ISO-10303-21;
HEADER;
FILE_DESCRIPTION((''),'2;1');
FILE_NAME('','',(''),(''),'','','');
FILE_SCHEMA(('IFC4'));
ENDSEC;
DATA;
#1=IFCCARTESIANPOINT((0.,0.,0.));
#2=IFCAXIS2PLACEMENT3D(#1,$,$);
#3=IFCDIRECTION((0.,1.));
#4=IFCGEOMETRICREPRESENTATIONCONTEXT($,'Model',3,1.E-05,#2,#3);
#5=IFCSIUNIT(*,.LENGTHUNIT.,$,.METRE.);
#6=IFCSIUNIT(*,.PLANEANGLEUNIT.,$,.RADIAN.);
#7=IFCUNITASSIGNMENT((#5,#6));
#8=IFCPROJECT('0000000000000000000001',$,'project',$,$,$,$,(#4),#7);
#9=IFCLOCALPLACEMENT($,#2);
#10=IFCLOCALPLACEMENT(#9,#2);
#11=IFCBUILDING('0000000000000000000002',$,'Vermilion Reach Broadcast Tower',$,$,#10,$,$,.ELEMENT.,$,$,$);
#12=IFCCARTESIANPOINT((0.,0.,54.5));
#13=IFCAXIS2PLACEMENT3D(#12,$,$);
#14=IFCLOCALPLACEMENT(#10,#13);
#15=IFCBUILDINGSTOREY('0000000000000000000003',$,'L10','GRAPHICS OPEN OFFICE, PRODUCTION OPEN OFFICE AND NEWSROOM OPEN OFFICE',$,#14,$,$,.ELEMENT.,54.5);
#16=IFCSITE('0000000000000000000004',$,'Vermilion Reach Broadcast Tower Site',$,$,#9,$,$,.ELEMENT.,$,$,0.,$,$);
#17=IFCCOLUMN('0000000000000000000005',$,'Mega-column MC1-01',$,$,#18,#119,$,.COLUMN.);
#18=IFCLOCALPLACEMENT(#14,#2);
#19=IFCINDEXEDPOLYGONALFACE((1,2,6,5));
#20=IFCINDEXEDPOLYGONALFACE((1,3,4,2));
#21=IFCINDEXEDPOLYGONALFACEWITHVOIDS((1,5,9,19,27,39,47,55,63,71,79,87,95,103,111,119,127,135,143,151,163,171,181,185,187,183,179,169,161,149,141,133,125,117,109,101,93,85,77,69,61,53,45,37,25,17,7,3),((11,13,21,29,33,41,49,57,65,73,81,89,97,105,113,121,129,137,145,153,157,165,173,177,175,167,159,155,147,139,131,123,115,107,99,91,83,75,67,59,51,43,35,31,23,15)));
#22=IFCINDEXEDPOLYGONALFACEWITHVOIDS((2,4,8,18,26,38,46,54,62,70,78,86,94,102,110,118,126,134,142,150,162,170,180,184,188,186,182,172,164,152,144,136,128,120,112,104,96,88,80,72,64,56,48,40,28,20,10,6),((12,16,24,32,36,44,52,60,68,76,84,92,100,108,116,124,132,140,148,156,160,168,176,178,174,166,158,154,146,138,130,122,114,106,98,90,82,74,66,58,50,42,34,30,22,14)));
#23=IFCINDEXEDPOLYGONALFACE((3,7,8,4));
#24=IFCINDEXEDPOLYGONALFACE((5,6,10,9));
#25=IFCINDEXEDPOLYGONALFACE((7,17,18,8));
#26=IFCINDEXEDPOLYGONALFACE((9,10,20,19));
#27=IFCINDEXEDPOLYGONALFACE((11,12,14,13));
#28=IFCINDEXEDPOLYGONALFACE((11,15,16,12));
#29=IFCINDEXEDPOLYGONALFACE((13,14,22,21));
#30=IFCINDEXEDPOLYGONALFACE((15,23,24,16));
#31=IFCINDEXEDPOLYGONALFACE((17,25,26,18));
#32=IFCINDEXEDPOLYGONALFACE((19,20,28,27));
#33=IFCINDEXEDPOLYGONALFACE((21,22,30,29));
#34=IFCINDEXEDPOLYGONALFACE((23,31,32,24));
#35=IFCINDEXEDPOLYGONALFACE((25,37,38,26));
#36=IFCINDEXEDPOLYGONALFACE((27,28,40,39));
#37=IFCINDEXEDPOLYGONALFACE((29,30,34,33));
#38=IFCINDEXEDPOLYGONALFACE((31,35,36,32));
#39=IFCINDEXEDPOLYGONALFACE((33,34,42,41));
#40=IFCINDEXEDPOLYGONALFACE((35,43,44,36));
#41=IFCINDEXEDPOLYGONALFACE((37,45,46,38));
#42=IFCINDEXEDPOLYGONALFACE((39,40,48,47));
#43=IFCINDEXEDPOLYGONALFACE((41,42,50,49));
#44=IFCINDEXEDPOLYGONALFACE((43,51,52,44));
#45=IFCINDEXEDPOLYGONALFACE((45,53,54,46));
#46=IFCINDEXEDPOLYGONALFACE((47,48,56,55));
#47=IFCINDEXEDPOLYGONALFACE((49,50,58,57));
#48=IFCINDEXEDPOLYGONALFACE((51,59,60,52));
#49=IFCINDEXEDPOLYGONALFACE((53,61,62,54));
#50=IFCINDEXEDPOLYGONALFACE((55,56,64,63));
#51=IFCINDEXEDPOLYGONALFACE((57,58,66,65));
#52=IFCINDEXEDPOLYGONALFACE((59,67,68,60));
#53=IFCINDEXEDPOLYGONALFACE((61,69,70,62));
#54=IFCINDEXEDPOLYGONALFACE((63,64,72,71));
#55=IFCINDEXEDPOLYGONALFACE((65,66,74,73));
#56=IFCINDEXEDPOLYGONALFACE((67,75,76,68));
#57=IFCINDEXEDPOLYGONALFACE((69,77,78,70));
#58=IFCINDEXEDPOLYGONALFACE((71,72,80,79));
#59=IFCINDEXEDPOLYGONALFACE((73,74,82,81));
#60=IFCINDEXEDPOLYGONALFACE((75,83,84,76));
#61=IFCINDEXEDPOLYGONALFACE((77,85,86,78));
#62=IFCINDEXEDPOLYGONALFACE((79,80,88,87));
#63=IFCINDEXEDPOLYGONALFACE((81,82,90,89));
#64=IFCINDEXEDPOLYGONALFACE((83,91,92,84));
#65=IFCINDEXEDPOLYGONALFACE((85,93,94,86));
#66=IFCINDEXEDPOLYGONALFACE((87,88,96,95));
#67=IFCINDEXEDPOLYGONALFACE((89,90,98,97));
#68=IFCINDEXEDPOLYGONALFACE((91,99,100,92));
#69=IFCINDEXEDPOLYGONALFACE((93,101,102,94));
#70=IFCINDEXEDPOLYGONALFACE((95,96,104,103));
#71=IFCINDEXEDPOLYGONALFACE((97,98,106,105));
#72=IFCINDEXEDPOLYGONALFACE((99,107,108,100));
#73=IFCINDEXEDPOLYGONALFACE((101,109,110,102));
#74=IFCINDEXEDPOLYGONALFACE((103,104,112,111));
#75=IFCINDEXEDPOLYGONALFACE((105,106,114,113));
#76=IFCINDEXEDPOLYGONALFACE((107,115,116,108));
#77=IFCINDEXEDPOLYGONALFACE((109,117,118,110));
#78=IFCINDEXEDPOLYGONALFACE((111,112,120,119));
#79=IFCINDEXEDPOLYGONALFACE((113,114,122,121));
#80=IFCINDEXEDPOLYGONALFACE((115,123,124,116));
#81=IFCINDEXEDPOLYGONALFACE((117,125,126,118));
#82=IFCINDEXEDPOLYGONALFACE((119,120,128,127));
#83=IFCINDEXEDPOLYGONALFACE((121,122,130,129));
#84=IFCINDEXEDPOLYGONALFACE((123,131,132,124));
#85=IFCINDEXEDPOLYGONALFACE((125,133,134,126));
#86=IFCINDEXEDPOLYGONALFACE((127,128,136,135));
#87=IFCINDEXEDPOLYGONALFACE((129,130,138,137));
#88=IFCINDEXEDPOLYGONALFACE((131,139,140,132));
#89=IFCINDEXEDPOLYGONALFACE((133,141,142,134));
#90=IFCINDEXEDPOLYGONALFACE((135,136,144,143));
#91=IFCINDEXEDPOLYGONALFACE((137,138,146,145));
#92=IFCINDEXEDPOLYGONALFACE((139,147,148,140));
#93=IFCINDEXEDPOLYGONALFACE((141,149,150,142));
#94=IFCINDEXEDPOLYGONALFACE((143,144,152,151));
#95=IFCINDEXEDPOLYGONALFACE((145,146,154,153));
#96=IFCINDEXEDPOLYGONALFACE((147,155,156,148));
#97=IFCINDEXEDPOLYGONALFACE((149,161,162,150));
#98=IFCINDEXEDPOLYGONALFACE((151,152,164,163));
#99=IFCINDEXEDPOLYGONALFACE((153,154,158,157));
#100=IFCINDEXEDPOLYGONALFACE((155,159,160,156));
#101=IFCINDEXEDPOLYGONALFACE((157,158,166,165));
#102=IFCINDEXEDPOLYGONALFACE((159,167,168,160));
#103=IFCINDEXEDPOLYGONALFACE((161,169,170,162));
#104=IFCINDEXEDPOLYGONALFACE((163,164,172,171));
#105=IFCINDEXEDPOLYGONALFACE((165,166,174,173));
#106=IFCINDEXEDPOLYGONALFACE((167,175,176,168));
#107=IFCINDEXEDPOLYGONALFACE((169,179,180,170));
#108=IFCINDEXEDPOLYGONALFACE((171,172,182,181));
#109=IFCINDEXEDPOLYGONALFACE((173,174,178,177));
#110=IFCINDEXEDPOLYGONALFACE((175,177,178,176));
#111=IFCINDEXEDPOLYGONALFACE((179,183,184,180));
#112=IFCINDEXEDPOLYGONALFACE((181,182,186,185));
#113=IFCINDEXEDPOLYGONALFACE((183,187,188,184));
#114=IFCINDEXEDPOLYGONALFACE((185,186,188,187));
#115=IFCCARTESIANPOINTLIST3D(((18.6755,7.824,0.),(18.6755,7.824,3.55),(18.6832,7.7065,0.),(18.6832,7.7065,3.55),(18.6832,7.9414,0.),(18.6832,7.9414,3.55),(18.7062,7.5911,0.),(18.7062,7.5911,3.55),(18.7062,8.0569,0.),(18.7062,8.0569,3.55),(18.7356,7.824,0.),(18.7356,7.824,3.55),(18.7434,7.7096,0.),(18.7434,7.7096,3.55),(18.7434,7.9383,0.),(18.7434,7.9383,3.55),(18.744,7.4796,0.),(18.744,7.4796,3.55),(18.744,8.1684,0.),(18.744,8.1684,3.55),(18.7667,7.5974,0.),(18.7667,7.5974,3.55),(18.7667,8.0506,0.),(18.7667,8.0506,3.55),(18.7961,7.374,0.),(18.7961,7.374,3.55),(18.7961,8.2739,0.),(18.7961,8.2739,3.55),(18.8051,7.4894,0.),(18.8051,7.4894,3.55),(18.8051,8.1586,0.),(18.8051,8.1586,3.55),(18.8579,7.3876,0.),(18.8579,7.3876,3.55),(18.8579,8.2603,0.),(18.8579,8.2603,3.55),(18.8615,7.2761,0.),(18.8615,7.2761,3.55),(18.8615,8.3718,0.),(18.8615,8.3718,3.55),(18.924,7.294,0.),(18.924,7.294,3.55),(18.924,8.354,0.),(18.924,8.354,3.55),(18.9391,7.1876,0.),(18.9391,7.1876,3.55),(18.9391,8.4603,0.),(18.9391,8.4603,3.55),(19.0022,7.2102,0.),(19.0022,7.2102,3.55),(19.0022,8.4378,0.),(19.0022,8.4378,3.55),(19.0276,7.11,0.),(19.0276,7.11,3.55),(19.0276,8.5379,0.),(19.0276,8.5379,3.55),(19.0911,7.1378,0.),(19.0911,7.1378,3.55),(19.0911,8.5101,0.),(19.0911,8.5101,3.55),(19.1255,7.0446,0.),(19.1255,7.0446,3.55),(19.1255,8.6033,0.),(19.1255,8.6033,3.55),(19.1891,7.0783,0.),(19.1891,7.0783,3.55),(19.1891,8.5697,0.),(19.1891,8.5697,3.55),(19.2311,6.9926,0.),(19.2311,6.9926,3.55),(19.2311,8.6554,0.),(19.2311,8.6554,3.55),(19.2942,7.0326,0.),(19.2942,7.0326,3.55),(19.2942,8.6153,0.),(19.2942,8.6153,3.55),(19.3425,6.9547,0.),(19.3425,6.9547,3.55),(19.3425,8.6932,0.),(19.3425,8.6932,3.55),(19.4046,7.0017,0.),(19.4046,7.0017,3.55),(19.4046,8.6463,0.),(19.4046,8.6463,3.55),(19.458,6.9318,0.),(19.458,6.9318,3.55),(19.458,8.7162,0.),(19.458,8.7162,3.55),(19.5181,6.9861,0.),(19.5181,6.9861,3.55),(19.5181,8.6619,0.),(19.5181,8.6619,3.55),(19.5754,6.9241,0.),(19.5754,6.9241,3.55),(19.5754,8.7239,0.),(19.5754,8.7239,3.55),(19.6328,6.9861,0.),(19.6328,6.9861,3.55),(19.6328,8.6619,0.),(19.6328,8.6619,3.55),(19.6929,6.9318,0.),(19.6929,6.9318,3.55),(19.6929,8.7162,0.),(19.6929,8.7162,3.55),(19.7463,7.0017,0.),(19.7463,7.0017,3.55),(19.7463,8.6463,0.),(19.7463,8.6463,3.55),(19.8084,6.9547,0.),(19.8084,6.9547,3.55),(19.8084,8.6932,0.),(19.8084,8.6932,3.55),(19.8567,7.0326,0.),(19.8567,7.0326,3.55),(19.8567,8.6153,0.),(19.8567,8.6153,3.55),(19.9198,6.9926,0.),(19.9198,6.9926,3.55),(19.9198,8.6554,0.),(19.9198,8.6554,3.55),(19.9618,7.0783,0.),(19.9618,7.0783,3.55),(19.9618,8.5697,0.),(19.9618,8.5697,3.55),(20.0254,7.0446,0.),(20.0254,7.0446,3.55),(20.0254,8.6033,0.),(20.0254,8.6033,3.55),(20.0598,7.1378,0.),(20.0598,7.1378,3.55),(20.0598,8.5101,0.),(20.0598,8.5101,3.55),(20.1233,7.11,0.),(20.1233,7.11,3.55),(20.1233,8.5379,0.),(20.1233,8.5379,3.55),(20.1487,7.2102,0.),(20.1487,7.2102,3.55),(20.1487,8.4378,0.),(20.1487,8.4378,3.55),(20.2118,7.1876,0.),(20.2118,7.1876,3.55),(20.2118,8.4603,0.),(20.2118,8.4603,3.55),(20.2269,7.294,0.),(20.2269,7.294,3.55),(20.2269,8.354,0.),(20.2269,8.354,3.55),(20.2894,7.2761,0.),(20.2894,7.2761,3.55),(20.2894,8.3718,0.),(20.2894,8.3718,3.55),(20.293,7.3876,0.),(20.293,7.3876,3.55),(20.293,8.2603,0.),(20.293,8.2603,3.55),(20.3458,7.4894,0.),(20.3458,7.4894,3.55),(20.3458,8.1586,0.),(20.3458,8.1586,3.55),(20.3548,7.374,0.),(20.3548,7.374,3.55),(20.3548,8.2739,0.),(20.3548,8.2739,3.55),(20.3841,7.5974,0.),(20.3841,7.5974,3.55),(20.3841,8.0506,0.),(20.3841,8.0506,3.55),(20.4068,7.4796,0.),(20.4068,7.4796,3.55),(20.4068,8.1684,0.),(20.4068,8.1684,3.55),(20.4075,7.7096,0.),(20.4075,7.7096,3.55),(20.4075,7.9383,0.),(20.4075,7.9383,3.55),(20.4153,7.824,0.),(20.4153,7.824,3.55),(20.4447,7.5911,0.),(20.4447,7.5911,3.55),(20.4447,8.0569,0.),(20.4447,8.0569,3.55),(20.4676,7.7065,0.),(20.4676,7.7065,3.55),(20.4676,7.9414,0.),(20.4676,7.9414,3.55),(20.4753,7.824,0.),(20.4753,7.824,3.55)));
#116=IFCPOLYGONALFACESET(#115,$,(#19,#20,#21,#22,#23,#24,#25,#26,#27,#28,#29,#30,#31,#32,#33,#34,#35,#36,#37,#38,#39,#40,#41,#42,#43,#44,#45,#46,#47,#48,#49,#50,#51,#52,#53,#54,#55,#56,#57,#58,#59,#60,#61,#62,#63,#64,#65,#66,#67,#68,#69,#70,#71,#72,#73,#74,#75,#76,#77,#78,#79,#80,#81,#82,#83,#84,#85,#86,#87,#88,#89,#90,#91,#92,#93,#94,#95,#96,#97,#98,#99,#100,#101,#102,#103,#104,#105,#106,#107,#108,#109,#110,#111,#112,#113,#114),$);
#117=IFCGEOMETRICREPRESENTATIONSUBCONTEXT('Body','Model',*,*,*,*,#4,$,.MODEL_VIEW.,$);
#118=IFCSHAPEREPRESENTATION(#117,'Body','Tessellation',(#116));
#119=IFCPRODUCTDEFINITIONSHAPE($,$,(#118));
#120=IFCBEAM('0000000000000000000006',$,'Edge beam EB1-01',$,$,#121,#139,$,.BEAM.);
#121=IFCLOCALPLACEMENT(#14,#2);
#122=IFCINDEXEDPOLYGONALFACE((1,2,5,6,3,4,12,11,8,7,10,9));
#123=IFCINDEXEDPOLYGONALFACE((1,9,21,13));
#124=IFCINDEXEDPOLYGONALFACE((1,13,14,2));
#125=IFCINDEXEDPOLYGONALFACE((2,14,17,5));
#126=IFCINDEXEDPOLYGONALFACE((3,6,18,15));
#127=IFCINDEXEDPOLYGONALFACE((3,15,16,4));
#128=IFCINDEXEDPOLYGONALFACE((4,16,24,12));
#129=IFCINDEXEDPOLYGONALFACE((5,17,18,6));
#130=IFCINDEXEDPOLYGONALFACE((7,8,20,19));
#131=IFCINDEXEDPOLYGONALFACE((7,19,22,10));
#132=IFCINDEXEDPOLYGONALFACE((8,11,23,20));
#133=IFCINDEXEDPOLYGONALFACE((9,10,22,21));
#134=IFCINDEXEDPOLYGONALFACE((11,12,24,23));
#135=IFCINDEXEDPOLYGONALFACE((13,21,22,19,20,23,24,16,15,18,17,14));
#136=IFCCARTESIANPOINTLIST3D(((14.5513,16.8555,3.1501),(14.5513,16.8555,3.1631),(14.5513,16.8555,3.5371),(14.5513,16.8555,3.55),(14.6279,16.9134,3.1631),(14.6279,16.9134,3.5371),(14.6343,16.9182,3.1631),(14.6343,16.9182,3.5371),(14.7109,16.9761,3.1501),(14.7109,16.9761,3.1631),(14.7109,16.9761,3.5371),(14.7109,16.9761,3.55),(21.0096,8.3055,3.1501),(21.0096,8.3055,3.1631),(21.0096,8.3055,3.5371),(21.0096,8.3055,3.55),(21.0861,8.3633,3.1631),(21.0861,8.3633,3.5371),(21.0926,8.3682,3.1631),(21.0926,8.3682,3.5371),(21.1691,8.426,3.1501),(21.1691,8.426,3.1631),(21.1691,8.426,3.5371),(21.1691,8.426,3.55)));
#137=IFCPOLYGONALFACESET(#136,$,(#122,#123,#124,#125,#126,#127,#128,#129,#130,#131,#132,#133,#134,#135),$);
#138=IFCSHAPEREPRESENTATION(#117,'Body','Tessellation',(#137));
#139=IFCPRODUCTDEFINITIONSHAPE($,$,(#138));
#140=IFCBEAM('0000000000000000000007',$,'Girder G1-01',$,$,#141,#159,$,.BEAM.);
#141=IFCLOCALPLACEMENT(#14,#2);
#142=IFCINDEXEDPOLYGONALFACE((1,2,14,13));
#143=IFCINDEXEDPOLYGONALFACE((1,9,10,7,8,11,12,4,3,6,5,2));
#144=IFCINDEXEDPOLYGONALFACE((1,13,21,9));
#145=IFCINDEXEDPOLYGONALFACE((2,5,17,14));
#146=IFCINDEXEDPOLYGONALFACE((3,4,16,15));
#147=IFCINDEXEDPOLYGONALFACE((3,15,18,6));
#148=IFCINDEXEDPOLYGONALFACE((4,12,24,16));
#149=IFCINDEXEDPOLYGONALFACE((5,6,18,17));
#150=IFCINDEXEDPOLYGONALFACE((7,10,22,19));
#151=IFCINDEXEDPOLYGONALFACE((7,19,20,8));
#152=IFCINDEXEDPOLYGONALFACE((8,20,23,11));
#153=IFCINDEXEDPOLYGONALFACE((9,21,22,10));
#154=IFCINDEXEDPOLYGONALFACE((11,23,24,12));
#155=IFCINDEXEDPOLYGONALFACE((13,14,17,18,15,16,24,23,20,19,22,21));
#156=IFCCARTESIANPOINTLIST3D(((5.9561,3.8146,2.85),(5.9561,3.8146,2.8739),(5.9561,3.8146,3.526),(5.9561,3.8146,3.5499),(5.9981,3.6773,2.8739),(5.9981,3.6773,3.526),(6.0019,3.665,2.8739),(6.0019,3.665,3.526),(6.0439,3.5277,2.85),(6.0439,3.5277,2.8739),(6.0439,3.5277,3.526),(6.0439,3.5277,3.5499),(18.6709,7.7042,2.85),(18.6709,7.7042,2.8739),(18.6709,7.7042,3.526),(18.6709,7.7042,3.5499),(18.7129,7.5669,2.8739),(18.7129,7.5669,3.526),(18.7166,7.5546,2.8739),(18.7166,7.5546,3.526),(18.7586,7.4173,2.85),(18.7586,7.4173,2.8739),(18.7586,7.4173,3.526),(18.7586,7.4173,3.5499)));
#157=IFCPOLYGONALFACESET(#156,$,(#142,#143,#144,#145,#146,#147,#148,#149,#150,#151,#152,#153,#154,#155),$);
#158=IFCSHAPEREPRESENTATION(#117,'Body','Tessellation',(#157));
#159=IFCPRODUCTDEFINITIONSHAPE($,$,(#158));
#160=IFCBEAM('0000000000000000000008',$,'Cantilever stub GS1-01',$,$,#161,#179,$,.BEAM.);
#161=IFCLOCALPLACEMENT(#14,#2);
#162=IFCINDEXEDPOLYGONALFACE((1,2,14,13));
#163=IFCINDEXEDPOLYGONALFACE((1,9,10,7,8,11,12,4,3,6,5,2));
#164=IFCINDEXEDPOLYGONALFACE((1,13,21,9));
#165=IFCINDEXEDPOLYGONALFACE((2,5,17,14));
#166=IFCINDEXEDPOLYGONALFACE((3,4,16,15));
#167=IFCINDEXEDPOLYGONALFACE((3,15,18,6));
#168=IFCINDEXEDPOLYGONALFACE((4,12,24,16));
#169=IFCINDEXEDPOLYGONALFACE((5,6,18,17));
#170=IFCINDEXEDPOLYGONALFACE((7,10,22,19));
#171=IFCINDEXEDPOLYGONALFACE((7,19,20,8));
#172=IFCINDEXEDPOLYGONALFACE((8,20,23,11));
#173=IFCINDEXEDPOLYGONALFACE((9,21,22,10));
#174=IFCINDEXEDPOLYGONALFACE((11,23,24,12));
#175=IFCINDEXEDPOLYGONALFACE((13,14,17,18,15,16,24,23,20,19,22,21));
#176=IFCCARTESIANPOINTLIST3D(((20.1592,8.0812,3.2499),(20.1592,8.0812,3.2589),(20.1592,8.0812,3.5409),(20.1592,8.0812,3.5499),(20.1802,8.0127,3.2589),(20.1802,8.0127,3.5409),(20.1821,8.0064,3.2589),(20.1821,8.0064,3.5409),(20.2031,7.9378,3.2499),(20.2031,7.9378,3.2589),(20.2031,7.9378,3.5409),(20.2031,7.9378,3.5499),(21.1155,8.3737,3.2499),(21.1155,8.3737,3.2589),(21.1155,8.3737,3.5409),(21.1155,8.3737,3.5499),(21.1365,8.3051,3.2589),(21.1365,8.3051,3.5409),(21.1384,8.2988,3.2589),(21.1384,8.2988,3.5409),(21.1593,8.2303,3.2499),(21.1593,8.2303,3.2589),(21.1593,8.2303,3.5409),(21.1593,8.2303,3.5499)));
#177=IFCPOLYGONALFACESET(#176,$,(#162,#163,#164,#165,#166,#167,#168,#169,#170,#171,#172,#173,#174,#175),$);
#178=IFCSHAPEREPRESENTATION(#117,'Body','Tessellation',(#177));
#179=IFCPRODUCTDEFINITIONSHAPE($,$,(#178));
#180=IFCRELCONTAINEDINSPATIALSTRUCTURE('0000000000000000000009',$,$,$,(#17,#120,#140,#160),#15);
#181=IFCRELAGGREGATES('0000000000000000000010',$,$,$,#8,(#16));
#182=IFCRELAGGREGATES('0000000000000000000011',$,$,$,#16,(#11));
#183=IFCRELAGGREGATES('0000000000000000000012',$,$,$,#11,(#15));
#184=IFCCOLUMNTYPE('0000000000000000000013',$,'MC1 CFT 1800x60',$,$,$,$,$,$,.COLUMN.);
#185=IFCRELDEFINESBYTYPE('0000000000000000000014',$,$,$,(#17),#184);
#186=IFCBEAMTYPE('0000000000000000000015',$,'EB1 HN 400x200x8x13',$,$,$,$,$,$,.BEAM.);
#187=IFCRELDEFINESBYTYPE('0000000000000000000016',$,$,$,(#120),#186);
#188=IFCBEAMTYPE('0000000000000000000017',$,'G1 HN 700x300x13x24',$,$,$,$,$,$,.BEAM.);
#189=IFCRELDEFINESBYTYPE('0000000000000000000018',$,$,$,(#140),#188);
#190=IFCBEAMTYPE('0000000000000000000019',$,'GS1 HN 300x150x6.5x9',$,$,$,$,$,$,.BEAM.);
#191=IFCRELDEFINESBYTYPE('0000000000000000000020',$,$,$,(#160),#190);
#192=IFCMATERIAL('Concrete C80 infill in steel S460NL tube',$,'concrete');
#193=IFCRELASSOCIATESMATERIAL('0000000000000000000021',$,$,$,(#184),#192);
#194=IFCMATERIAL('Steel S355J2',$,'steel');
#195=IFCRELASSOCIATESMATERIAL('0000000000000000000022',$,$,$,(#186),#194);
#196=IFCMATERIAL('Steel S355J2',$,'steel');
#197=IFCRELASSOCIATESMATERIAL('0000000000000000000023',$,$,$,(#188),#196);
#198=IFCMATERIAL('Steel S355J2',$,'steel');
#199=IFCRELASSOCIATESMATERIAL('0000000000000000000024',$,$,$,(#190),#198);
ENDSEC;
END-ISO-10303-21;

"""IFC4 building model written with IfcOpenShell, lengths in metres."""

from ifc_helpers import new_model, si_unit, direction, frame, origin, origin_2d, place, context, subcontext, project, spatial, hollow_circle, i_section, extrude, material, material_profile, profile_set, type_object, element, save


model = new_model("IFC4")

# Units and contexts
model_context = context("Model", 3, precision=1e-05, world=origin(), true_north=direction((0.0, 1.0)))
body_context = subcontext(model_context, "Body", "Model", "MODEL_VIEW")
ifc_project = project(units=[si_unit("LENGTHUNIT", "METRE"), si_unit("PLANEANGLEUNIT", "RADIAN")], contexts=[model_context])

# Site, building, storey
site_placement = place(None, origin())
site = spatial("IfcSite", under=ifc_project, at=site_placement, Name="Vermilion Reach Broadcast Tower Site", CompositionType="ELEMENT", RefElevation=0.0)
building_placement = place(site_placement, origin())
building = spatial("IfcBuilding", under=site, at=building_placement, Name="Vermilion Reach Broadcast Tower", CompositionType="ELEMENT")
storey_placement = place(building_placement, frame((0.0, 0.0, 54.5)))
storey = spatial("IfcBuildingStorey", under=building, at=storey_placement, Name="L10", Description="GRAPHICS OPEN OFFICE, PRODUCTION OPEN OFFICE AND NEWSROOM OPEN OFFICE", CompositionType="ELEMENT", Elevation=54.5)

# Column
ifc_material_1 = material(Name="Concrete C80 infill in steel S460NL tube", Category="concrete")
ifc_material_profile_1 = material_profile(ifc_material_1, hollow_circle(Radius=0.8999, WallThickness=0.0601, at=origin_2d()), Name="Concrete C80 infill in steel S460NL tube CFT 1800x60")
ifc_profile_set_1 = profile_set([ifc_material_profile_1], Name="Concrete C80 infill in steel S460NL tube")
column_type = type_object("IfcColumnType", Name="MC1 CFT 1800x60", PredefinedType="COLUMN", material=ifc_profile_set_1)
column_placement = place(storey_placement, frame((19.5754, 7.824, 0.0), z_axis=(0.0, 0.0, 1.0), x_axis=(1.0, 0.0, 0.0)))
element("IfcColumn", 1, at=column_placement, inside=storey, type_object=column_type, Name="Mega-column MC1-01", PredefinedType="COLUMN", context=body_context, shape_type="SweptSolid", body=[
    extrude(hollow_circle(Radius=0.8999, WallThickness=0.0601, at=origin_2d()), origin(), (0.0, 0.0, 1.0), 3.55),
])

# Beams
ifc_material_2 = material(Name="Steel S355J2", Category="steel")
ifc_material_profile_2 = material_profile(ifc_material_2, i_section(OverallWidth=0.2, OverallDepth=0.3999, WebThickness=0.0081, FlangeThickness=0.0129, at=origin_2d()), Name="S355J2 HN 400x200x8x13")
ifc_profile_set_2 = profile_set([ifc_material_profile_2], Name="Steel S355J2")
beam_type_1 = type_object("IfcBeamType", Name="EB1 HN 400x200x8x13", PredefinedType="BEAM", material=ifc_profile_set_2)
beam_1_placement = place(storey_placement, frame((21.0894, 8.3657, 3.3501), z_axis=(-0.602727, 0.797947, 0.0), x_axis=(-0.797947, -0.602727, 0.0)))
element("IfcBeam", 2, at=beam_1_placement, inside=storey, type_object=beam_type_1, Name="Edge beam EB1-01", PredefinedType="BEAM", context=body_context, shape_type="SweptSolid", body=[
    extrude(i_section(OverallWidth=0.2, OverallDepth=0.3999, WebThickness=0.0081, FlangeThickness=0.0129, at=origin_2d()), origin(), (0.0, 0.0, 1.0), 10.7151),
])
ifc_material_3 = material(Name="Steel S355J2", Category="steel")
ifc_material_profile_3 = material_profile(ifc_material_3, i_section(OverallWidth=0.3, OverallDepth=0.7, WebThickness=0.0129, FlangeThickness=0.0239, at=origin_2d()), Name="S355J2 HN 700x300x13x24")
ifc_profile_set_3 = profile_set([ifc_material_profile_3], Name="Steel S355J2")
beam_type_2 = type_object("IfcBeamType", Name="G1 HN 700x300x13x24", PredefinedType="BEAM", material=ifc_profile_set_3)
beam_2_placement = place(storey_placement, frame((6.0, 3.6711, 3.2), z_axis=(0.956256, 0.292532, 0.0), x_axis=(-0.292532, 0.956256, 0.0)))
element("IfcBeam", 3, at=beam_2_placement, inside=storey, type_object=beam_type_2, Name="Girder G1-01", PredefinedType="BEAM", context=body_context, shape_type="SweptSolid", body=[
    extrude(i_section(OverallWidth=0.3, OverallDepth=0.7, WebThickness=0.0129, FlangeThickness=0.0239, at=origin_2d()), origin(), (0.0, 0.0, 1.0), 13.2964),
])
ifc_material_4 = material(Name="Steel S355J2", Category="steel")
ifc_material_profile_4 = material_profile(ifc_material_4, i_section(OverallWidth=0.1499, OverallDepth=0.3, WebThickness=0.0066, FlangeThickness=0.009, at=origin_2d()), Name="S355J2 HN 300x150x6.5x9")
ifc_profile_set_4 = profile_set([ifc_material_profile_4], Name="Steel S355J2")
beam_type_3 = type_object("IfcBeamType", Name="GS1 HN 300x150x6.5x9", PredefinedType="BEAM", material=ifc_profile_set_4)
beam_3_placement = place(storey_placement, frame((20.1812, 8.0095, 3.3999), z_axis=(0.956274, 0.292473, 0.0), x_axis=(-0.292473, 0.956274, 0.0)))
element("IfcBeam", 4, at=beam_3_placement, inside=storey, type_object=beam_type_3, Name="Cantilever stub GS1-01", PredefinedType="BEAM", context=body_context, shape_type="SweptSolid", body=[
    extrude(i_section(OverallWidth=0.1499, OverallDepth=0.3, WebThickness=0.0066, FlangeThickness=0.009, at=origin_2d()), origin(), (0.0, 0.0, 1.0), 1.0),
])

save(model, "model.ifc")
